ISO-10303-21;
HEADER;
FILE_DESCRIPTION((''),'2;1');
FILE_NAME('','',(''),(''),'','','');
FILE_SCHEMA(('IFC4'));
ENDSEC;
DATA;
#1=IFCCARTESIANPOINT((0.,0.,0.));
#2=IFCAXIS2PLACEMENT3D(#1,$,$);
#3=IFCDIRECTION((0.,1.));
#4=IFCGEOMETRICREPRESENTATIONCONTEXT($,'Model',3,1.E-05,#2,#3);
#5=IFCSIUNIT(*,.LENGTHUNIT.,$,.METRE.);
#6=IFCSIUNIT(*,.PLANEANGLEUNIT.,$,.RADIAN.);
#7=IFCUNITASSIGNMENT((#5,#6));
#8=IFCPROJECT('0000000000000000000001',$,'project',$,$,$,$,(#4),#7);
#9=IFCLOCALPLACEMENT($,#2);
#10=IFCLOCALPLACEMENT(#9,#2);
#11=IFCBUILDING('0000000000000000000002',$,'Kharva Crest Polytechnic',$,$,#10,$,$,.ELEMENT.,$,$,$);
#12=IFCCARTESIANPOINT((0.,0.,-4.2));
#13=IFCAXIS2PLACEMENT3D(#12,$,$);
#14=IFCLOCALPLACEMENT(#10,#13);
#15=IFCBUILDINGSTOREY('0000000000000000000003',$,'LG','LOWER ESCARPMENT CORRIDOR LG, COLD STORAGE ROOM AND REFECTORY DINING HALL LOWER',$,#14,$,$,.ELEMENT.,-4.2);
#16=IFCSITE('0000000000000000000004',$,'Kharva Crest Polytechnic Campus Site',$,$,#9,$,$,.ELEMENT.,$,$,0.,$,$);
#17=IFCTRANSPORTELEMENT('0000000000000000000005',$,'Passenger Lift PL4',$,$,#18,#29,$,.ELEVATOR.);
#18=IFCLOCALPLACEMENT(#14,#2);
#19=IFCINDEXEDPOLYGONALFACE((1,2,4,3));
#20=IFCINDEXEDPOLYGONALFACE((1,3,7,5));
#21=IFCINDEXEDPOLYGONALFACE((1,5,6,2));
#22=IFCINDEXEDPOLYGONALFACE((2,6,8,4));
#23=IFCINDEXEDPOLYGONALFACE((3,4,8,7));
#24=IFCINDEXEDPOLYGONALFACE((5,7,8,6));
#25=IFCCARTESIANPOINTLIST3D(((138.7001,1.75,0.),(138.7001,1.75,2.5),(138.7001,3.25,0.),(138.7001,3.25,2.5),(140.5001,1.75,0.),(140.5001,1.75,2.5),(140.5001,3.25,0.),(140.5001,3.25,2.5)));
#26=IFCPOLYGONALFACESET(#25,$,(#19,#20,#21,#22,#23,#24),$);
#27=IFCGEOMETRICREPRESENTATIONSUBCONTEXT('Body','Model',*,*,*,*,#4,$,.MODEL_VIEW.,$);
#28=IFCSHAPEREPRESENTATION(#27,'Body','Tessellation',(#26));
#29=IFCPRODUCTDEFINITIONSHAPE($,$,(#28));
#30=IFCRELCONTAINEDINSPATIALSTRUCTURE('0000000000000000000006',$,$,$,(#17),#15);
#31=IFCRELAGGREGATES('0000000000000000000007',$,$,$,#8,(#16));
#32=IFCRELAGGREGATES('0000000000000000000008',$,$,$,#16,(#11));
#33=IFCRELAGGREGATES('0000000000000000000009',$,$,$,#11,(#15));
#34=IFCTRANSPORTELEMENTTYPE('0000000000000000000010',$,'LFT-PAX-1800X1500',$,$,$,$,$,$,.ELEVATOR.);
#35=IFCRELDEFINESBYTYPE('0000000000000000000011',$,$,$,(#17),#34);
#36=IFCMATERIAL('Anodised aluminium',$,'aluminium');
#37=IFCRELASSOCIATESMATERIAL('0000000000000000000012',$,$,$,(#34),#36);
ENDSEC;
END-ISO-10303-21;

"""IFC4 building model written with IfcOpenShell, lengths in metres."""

from ifc_helpers import new_model, si_unit, direction, frame, origin, origin_2d, place, context, subcontext, project, spatial, rectangle, extrude, material, type_object, element, save


model = new_model("IFC4")

# Units and contexts
model_context = context("Model", 3, precision=1e-05, world=origin(), true_north=direction((0.0, 1.0)))
body_context = subcontext(model_context, "Body", "Model", "MODEL_VIEW")
ifc_project = project(units=[si_unit("LENGTHUNIT", "METRE"), si_unit("PLANEANGLEUNIT", "RADIAN")], contexts=[model_context])

# Site, building, storey
site_placement = place(None, origin())
site = spatial("IfcSite", under=ifc_project, at=site_placement, Name="Kharva Crest Polytechnic Campus Site", CompositionType="ELEMENT", RefElevation=0.0)
building_placement = place(site_placement, origin())
building = spatial("IfcBuilding", under=site, at=building_placement, Name="Kharva Crest Polytechnic", CompositionType="ELEMENT")
storey_placement = place(building_placement, frame((0.0, 0.0, -4.2)))
storey = spatial("IfcBuildingStorey", under=building, at=storey_placement, Name="LG", Description="LOWER ESCARPMENT CORRIDOR LG, COLD STORAGE ROOM AND REFECTORY DINING HALL LOWER", CompositionType="ELEMENT", Elevation=-4.2)

# Shared definitions
ifc_material_1 = material(Name="Anodised aluminium", Category="aluminium")

# Transport element
transport_element_type = type_object("IfcTransportElementType", Name="LFT-PAX-1800X1500", PredefinedType="ELEVATOR", material=ifc_material_1)
transport_element_placement = place(storey_placement, frame((139.6001, 2.5, 0.0), z_axis=(0.0, 0.0, 1.0), x_axis=(1.0, 0.0, 0.0)))
element("IfcTransportElement", 1, at=transport_element_placement, inside=storey, type_object=transport_element_type, Name="Passenger Lift PL4", PredefinedType="ELEVATOR", context=body_context, shape_type="SweptSolid", body=[
    extrude(rectangle(XDim=1.8, YDim=1.5, at=origin_2d()), origin(), (0.0, 0.0, 1.0), 2.5),
])

save(model, "model.ifc")
